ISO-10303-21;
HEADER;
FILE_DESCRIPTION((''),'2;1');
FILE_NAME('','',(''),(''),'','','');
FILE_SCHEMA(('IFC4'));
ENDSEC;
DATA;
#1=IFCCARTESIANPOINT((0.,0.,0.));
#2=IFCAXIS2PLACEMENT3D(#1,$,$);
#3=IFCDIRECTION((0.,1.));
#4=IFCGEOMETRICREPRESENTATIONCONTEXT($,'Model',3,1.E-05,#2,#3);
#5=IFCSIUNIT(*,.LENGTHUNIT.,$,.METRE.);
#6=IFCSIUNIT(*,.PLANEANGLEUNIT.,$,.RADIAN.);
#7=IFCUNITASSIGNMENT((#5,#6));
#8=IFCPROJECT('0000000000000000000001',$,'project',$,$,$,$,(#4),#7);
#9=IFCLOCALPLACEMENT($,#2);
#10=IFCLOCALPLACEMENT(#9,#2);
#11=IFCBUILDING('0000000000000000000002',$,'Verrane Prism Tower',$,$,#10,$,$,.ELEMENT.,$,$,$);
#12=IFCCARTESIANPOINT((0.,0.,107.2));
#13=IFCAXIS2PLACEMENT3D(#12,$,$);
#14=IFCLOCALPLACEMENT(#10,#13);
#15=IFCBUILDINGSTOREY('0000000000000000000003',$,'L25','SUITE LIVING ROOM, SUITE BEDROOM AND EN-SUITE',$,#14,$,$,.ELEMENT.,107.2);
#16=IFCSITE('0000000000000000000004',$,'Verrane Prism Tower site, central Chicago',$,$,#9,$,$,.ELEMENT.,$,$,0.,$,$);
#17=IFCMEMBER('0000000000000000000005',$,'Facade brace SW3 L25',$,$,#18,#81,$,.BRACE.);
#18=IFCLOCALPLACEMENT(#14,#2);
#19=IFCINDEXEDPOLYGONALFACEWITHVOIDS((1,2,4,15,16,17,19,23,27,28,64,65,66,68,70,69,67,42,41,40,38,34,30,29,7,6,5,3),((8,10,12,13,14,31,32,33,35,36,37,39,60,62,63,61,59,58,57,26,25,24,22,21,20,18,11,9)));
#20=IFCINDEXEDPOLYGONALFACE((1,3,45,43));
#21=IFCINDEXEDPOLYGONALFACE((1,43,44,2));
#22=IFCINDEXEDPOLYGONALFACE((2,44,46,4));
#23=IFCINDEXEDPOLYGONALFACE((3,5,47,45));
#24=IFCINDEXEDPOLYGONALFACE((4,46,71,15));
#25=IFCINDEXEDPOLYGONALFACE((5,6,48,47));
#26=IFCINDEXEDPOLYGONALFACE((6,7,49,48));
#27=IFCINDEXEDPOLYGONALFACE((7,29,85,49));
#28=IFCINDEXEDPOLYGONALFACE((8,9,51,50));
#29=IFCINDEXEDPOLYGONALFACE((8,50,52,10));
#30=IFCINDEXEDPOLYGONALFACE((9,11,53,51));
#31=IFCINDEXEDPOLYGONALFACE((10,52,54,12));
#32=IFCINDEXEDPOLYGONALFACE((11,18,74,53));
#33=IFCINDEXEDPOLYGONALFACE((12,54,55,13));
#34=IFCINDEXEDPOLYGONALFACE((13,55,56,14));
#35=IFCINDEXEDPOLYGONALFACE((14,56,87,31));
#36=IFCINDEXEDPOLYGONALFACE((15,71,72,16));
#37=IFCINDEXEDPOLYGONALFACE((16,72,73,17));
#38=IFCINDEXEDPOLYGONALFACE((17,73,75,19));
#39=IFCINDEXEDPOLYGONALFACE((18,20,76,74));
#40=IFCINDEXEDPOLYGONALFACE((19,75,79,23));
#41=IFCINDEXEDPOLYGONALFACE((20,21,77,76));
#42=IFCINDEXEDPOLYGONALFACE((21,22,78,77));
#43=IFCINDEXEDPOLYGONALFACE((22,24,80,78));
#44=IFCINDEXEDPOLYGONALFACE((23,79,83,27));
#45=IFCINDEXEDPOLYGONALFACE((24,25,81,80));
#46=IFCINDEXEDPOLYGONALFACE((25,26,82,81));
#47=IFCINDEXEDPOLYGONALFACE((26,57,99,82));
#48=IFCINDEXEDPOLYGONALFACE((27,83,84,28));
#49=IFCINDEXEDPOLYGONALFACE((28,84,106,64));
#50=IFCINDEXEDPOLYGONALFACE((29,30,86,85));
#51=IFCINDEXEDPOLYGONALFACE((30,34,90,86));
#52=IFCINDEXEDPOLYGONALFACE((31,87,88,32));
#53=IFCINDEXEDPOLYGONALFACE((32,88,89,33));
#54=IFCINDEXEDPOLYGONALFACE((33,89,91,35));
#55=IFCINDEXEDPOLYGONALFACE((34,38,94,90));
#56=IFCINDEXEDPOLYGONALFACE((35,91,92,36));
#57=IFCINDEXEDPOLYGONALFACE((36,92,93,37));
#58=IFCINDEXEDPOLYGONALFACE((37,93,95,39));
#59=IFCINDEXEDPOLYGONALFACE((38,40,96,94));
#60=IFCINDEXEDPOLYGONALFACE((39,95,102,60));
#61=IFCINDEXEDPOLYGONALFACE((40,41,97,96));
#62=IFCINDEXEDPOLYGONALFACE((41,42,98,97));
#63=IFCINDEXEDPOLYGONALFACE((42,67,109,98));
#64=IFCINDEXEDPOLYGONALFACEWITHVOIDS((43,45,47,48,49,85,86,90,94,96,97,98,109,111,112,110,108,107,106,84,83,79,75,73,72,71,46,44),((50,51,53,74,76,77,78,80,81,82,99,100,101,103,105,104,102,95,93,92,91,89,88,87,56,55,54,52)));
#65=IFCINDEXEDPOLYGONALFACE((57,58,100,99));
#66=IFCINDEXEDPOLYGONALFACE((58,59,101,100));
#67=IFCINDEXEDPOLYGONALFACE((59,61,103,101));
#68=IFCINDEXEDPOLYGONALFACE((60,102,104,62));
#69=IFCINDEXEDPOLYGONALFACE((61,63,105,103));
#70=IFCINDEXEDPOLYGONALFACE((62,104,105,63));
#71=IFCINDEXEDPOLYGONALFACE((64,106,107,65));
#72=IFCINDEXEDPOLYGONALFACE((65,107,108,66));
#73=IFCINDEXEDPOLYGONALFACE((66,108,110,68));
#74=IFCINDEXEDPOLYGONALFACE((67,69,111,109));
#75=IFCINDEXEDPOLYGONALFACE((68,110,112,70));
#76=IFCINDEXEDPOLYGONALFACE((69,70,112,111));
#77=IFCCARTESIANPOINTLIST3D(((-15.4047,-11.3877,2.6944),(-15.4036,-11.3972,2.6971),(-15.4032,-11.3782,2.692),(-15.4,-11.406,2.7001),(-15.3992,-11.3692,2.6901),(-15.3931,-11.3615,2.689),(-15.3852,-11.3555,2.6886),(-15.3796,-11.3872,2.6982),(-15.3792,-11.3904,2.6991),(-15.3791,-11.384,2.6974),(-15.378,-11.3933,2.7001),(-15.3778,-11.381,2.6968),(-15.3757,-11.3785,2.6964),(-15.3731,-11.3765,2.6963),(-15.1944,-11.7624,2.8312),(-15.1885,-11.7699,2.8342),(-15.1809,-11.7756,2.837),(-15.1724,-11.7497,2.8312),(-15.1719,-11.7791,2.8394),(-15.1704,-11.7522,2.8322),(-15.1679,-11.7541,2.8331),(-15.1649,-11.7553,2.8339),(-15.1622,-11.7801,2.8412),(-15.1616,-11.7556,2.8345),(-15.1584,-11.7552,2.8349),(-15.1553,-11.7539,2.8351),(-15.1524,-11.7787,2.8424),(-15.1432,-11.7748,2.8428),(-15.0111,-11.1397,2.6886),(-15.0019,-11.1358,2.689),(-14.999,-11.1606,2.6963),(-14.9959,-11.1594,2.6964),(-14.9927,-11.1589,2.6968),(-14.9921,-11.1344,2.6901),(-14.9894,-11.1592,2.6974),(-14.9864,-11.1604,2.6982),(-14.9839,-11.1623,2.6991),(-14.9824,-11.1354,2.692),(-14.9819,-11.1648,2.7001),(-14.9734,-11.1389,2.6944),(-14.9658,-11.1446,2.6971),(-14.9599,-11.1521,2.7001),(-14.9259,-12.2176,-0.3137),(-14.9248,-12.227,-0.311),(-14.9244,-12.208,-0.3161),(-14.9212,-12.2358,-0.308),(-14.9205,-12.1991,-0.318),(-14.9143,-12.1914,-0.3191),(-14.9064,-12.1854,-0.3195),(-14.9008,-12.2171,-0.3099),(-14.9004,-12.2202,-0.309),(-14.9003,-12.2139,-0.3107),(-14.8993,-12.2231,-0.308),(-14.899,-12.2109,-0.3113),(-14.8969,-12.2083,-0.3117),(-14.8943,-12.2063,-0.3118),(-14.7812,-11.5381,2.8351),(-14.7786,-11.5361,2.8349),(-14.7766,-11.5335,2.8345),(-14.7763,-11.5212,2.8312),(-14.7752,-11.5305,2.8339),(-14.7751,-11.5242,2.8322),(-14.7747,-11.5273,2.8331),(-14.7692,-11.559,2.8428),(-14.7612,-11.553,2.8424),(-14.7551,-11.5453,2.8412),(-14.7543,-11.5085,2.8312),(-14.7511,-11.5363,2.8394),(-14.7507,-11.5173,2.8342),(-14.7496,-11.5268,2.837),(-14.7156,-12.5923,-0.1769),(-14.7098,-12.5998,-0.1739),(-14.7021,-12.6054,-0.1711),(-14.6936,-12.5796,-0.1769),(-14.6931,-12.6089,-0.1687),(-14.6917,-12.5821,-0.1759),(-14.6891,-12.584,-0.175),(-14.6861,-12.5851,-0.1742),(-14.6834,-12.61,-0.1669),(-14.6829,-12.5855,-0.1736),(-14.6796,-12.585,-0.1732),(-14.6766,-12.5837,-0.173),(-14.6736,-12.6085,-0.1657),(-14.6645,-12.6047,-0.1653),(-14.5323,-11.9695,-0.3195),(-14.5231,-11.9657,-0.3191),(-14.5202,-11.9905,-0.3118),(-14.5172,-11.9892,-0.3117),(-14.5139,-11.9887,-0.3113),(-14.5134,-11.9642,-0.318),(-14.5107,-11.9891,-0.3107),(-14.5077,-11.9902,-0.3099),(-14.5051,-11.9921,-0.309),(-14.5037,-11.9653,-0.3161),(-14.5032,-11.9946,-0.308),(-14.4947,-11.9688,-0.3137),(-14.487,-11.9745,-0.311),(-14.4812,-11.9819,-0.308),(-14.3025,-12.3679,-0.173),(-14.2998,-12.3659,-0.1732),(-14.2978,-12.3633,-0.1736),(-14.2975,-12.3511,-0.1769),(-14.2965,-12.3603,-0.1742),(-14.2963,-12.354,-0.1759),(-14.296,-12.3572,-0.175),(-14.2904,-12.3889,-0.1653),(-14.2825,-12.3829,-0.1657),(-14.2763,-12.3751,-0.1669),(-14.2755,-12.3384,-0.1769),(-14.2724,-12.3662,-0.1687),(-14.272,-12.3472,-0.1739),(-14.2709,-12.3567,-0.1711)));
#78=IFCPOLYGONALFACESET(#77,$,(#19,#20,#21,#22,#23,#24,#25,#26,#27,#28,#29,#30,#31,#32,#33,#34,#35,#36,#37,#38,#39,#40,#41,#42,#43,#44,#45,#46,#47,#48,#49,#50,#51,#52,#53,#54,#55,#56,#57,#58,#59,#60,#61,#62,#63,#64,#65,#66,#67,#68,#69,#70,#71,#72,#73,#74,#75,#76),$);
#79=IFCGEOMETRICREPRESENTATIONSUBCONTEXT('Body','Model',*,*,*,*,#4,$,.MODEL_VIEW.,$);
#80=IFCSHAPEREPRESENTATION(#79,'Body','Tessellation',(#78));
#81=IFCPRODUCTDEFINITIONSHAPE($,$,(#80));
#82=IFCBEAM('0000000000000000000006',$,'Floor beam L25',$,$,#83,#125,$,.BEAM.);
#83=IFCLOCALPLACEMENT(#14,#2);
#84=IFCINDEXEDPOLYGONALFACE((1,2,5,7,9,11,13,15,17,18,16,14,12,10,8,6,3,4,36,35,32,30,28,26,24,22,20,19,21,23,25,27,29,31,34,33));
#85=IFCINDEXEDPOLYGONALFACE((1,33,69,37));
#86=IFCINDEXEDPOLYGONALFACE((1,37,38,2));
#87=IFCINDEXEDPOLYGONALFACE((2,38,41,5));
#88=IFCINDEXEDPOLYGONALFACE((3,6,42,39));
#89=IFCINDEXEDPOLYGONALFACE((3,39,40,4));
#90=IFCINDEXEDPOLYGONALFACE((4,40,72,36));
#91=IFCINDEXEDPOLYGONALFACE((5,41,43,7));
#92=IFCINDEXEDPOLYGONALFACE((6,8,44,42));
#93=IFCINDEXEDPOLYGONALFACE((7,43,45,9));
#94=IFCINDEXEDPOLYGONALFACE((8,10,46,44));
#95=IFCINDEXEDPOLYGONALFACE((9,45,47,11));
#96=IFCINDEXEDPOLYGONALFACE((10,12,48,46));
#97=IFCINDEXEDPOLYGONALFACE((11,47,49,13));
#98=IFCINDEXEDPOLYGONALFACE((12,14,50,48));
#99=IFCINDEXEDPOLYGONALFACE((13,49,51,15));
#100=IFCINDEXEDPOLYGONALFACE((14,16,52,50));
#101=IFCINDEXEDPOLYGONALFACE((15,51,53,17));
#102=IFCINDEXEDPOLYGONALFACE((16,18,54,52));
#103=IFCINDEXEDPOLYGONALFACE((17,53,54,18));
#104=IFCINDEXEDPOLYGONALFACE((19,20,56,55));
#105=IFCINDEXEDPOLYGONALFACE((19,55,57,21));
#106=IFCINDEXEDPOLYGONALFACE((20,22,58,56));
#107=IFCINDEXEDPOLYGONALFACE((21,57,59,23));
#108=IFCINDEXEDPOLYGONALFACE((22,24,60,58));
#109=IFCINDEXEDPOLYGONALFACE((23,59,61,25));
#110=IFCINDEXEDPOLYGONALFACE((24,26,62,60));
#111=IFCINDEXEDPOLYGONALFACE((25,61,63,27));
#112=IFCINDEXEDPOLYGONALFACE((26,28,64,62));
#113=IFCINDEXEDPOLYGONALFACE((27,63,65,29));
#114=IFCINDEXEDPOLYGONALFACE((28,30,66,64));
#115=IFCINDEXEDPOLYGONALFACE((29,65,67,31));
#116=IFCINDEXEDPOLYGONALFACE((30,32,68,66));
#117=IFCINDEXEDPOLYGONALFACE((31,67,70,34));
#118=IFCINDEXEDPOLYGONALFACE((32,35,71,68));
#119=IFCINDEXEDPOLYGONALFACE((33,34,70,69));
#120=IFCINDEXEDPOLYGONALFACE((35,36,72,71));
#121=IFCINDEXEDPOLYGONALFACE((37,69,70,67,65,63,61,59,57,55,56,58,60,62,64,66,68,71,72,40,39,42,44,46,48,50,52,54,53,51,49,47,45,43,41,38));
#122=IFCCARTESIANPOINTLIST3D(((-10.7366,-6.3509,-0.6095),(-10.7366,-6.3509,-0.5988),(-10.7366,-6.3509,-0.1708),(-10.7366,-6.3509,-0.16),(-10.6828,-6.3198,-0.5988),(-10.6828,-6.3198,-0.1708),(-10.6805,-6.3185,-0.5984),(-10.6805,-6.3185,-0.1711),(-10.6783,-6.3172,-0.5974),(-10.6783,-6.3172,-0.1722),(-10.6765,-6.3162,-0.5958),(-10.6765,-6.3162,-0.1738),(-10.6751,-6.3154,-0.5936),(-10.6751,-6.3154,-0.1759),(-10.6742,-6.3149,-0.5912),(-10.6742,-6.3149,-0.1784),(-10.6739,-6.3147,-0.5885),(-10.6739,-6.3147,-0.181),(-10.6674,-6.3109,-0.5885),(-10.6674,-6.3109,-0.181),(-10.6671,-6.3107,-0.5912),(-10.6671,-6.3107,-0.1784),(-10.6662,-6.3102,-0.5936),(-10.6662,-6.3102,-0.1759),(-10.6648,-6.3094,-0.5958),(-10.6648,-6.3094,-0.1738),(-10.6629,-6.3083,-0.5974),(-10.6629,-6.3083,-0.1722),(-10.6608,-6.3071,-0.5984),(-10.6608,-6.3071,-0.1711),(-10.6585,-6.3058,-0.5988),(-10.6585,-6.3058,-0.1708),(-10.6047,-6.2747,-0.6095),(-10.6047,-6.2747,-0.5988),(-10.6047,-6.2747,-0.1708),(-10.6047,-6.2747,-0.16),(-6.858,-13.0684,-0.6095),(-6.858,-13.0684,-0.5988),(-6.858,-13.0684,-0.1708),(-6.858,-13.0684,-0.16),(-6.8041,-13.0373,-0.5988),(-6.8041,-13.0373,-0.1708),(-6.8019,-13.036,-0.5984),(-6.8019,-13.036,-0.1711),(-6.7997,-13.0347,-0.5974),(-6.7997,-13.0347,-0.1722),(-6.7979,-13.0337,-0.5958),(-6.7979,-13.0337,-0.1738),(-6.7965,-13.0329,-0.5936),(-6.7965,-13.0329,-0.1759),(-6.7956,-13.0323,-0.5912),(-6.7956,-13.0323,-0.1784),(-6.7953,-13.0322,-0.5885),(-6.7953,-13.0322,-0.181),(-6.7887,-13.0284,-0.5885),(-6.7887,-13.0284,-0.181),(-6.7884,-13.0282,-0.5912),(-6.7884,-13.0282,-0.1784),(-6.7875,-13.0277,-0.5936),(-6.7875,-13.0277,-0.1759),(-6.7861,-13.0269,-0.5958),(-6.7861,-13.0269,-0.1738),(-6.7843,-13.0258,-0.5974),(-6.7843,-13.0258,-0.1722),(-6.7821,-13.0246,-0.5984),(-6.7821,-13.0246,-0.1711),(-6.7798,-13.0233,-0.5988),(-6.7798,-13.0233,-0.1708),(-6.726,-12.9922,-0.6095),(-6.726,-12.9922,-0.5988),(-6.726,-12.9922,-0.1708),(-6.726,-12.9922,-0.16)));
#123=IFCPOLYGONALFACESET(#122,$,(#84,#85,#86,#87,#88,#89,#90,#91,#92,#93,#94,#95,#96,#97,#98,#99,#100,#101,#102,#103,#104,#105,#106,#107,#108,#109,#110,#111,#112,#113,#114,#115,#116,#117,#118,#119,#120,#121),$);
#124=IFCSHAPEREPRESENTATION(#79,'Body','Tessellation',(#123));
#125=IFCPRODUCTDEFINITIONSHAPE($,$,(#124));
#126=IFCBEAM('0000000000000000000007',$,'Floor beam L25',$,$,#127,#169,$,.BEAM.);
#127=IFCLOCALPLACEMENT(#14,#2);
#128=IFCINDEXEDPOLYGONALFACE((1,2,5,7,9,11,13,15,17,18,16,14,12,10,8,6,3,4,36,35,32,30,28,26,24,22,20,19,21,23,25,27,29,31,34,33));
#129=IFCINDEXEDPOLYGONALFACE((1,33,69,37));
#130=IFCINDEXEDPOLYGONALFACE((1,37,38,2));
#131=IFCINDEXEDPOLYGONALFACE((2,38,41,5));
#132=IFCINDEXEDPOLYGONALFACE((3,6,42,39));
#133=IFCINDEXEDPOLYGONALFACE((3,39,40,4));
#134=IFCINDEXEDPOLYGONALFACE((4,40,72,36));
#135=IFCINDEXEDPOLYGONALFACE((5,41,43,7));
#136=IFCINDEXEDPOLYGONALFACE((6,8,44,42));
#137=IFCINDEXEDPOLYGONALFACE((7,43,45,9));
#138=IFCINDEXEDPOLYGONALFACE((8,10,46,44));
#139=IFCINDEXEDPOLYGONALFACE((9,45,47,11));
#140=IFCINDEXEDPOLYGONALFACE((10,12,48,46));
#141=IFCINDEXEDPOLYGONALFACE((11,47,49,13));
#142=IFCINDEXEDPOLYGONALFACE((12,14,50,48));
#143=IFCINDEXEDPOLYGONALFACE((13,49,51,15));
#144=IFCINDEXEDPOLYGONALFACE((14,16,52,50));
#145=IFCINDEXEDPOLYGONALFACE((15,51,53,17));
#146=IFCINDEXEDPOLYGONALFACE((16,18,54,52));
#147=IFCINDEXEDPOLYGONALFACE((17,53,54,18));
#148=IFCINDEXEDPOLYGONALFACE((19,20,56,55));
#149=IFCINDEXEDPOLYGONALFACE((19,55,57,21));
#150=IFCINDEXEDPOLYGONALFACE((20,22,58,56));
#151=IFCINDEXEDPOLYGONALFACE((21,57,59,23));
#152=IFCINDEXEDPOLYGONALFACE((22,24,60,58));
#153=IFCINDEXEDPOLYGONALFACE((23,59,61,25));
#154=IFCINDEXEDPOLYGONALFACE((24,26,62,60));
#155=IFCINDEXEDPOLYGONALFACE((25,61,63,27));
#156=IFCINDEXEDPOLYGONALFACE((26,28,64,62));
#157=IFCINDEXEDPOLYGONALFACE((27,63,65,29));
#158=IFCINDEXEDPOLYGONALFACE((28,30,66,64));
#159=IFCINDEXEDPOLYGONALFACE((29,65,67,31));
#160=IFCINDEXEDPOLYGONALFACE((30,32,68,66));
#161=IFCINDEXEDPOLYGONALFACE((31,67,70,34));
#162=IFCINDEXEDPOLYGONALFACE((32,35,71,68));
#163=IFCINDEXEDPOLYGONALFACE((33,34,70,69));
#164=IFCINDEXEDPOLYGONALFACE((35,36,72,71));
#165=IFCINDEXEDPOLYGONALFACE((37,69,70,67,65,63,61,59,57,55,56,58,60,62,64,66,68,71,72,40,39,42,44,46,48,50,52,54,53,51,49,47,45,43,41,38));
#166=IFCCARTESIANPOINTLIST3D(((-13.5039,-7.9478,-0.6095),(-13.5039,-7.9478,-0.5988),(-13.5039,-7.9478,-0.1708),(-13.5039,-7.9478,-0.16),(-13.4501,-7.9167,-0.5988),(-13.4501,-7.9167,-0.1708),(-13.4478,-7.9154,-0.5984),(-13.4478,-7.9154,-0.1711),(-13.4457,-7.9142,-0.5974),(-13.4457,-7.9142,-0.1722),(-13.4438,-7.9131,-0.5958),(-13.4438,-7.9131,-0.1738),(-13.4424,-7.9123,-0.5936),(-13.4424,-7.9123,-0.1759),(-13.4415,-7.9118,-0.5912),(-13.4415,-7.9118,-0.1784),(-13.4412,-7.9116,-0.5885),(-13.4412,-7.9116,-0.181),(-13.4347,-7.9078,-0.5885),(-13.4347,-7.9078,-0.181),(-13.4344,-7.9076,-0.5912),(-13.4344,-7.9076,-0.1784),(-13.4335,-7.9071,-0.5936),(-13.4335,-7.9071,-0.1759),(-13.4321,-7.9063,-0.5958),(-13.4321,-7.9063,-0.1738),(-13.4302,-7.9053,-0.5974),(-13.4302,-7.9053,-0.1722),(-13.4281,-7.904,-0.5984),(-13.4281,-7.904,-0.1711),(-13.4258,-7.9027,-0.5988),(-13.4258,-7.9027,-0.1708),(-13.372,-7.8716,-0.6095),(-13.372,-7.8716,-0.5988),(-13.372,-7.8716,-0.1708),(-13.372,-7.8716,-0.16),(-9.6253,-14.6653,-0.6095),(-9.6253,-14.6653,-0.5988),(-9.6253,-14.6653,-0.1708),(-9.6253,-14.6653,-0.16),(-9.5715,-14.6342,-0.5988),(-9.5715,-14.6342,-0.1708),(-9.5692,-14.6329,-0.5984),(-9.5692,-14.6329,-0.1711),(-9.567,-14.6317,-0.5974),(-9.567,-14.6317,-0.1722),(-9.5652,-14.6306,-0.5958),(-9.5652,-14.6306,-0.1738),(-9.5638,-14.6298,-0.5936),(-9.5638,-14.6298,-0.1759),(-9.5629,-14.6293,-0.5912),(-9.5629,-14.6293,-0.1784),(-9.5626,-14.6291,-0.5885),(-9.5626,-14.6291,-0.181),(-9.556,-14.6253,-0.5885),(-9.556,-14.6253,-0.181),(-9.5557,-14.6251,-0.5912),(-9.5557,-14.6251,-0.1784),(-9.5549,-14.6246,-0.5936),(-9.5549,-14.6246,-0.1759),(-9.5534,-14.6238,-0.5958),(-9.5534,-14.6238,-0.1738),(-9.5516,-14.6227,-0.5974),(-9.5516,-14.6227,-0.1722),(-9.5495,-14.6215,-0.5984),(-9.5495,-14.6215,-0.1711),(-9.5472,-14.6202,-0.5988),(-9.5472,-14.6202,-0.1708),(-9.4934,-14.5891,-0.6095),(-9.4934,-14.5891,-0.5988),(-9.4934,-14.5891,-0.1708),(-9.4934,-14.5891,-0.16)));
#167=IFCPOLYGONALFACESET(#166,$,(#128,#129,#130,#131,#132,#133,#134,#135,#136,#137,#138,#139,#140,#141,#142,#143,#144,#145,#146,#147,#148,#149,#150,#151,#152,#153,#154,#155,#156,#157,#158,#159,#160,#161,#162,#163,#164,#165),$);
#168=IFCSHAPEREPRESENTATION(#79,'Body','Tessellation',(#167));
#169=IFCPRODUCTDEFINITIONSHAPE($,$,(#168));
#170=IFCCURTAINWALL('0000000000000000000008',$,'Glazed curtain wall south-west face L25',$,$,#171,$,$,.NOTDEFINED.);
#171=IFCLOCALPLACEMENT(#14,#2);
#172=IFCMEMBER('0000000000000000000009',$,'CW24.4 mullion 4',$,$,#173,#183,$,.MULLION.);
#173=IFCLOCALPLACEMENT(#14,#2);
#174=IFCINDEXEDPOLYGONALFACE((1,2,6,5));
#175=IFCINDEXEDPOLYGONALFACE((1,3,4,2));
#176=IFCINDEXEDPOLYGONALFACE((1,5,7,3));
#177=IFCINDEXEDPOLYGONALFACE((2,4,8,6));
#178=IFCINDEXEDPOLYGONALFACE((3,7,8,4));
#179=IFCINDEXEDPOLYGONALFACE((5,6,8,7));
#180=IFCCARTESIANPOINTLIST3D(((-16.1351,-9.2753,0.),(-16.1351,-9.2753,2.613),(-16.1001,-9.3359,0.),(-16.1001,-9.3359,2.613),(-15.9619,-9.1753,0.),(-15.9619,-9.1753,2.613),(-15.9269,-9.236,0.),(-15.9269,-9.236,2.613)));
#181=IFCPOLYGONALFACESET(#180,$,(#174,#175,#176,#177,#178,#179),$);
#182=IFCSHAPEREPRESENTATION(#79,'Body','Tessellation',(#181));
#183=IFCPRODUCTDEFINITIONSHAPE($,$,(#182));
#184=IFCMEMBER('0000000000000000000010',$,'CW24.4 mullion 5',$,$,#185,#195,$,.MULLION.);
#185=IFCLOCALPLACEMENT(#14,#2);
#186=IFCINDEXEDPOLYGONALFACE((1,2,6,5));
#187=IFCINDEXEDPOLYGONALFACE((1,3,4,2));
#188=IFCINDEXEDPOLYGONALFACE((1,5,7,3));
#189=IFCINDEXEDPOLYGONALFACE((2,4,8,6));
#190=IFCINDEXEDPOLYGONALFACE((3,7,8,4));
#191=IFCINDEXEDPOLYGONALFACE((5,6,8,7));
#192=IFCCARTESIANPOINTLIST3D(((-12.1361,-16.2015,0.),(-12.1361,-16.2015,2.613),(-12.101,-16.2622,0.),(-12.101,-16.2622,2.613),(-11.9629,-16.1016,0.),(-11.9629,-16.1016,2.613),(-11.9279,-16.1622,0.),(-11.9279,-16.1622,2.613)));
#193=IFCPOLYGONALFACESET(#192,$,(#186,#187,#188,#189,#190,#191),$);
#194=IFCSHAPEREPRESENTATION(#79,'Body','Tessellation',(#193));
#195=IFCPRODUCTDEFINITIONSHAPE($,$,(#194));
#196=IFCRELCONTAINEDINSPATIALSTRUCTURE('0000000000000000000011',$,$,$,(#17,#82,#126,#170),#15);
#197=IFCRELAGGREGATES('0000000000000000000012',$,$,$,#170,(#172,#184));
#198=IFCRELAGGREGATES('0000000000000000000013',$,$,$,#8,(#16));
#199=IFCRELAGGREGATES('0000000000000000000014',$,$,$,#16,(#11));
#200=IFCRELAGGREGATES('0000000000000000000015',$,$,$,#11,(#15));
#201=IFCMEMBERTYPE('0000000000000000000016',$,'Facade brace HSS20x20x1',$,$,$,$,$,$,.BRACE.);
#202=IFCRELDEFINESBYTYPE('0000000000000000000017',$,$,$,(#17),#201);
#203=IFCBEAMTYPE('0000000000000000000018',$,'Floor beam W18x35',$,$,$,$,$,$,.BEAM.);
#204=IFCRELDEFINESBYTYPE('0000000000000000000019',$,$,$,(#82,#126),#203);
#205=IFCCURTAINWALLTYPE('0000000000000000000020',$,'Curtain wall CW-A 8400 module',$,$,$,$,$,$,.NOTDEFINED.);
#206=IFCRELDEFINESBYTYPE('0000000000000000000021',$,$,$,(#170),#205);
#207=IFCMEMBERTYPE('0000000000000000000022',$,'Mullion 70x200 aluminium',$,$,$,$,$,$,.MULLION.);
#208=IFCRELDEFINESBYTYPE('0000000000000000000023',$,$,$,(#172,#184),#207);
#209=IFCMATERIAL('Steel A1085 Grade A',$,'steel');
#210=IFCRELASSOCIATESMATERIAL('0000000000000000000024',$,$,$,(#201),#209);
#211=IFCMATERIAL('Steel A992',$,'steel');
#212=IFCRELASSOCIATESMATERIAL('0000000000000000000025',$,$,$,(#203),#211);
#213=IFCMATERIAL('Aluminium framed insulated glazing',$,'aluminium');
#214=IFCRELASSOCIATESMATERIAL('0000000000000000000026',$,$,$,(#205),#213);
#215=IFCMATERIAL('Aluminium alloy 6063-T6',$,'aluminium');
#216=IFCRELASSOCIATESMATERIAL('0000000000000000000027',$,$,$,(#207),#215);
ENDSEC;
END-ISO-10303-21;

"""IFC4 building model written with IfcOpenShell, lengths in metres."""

from ifc_helpers import new_model, si_unit, direction, frame, origin, origin_2d, place, context, subcontext, project, spatial, rectangle, hollow_rectangle, i_section, extrude, material, material_profile, profile_set, type_object, element, aggregate, save


model = new_model("IFC4")

# Units and contexts
model_context = context("Model", 3, precision=1e-05, world=origin(), true_north=direction((0.0, 1.0)))
body_context = subcontext(model_context, "Body", "Model", "MODEL_VIEW")
ifc_project = project(units=[si_unit("LENGTHUNIT", "METRE"), si_unit("PLANEANGLEUNIT", "RADIAN")], contexts=[model_context])

# Site, building, storey
site_placement = place(None, origin())
site = spatial("IfcSite", under=ifc_project, at=site_placement, Name="Verrane Prism Tower site, central Chicago", CompositionType="ELEMENT", RefElevation=0.0)
building_placement = place(site_placement, origin())
building = spatial("IfcBuilding", under=site, at=building_placement, Name="Verrane Prism Tower", CompositionType="ELEMENT")
storey_placement = place(building_placement, frame((0.0, 0.0, 107.2)))
storey = spatial("IfcBuildingStorey", under=building, at=storey_placement, Name="L25", Description="SUITE LIVING ROOM, SUITE BEDROOM AND EN-SUITE", CompositionType="ELEMENT", Elevation=107.2)

# Member
ifc_material_1 = material(Name="Steel A1085 Grade A", Category="steel")
ifc_material_profile_1 = material_profile(ifc_material_1, hollow_rectangle(XDim=0.5081, YDim=0.5081, WallThickness=0.0254, InnerFilletRadius=0.0127, OuterFilletRadius=0.0381, at=origin_2d()), Name="HSS20x20x1")
ifc_profile_set_1 = profile_set([ifc_material_profile_1], Name="Steel A1085 Grade A")
member_type_1 = type_object("IfcMemberType", Name="Facade brace HSS20x20x1", PredefinedType="BRACE", material=ifc_profile_set_1)
member_1_placement = place(storey_placement, frame((-14.5984, -12.2871, -0.2424), z_axis=(-0.151653, 0.262861, 0.952841), x_axis=(-0.866181, -0.49973, 0.0)))
element("IfcMember", 1, at=member_1_placement, inside=storey, type_object=member_type_1, Name="Facade brace SW3 L25", PredefinedType="BRACE", context=body_context, shape_type="SweptSolid", body=[
    extrude(hollow_rectangle(XDim=0.5081, YDim=0.5081, WallThickness=0.0254, InnerFilletRadius=0.0127, OuterFilletRadius=0.0381, at=origin_2d()), origin(), (0.0, 0.0, 1.0), 3.157),
])

# Beams
ifc_material_2 = material(Name="Steel A992", Category="steel")
ifc_material_profile_2 = material_profile(ifc_material_2, i_section(OverallWidth=0.1523, OverallDepth=0.4495, WebThickness=0.0076, FlangeThickness=0.0107, FilletRadius=0.0103, at=origin_2d()), Name="W18x35")
ifc_profile_set_2 = profile_set([ifc_material_profile_2], Name="Steel A992")
beam_type_1 = type_object("IfcBeamType", Name="Floor beam W18x35", PredefinedType="BEAM", material=ifc_profile_set_2)
for number, where, z_axis, x_axis, name in (
    (2, (-6.792, -13.0303, -0.3848), (-0.500028, 0.866009, 0.0), (-0.866009, -0.500028, 0.0), "Floor beam L25"),
    (3, (-9.5593, -14.6272, -0.3848), (-0.500028, 0.866009, 0.0), (-0.866009, -0.500028, 0.0), "Floor beam L25"),
):
    element("IfcBeam", number, at=place(storey_placement, frame(where, z_axis=z_axis, x_axis=x_axis)), inside=storey, type_object=beam_type_1, Name=name, PredefinedType="BEAM", context=body_context, shape_type="SweptSolid", body=[
        extrude(i_section(OverallWidth=0.1523, OverallDepth=0.4495, WebThickness=0.0076, FlangeThickness=0.0107, FilletRadius=0.0103, at=origin_2d()), origin(), (0.0, 0.0, 1.0), 7.7568),
    ])

# Curtain wall, members
ifc_material_3 = material(Name="Aluminium framed insulated glazing", Category="aluminium")
curtain_wall_type = type_object("IfcCurtainWallType", Name="Curtain wall CW-A 8400 module", PredefinedType="NOTDEFINED", material=ifc_material_3)
curtain_wall_placement = place(storey_placement, origin())
curtain_wall = element("IfcCurtainWall", 4, at=curtain_wall_placement, inside=storey, type_object=curtain_wall_type, Name="Glazed curtain wall south-west face L25", PredefinedType="NOTDEFINED")
ifc_material_4 = material(Name="Aluminium alloy 6063-T6", Category="aluminium")
ifc_material_profile_3 = material_profile(ifc_material_4, rectangle(XDim=0.2, YDim=0.0701, at=origin_2d()), Name="Mullion 70x200 aluminium")
ifc_profile_set_3 = profile_set([ifc_material_profile_3], Name="Aluminium alloy 6063-T6")
member_type_2 = type_object("IfcMemberType", Name="Mullion 70x200 aluminium", PredefinedType="MULLION", material=ifc_profile_set_3)
member_2_placement = place(storey_placement, frame((-16.031, -9.2556, 0.0), z_axis=(0.0, 0.0, 1.0), x_axis=(0.866025, 0.5, 0.0)))
member_2 = element("IfcMember", 5, at=member_2_placement, type_object=member_type_2, Name="CW24.4 mullion 4", PredefinedType="MULLION", context=body_context, shape_type="SweptSolid", body=[
    extrude(rectangle(XDim=0.2, YDim=0.0701, at=origin_2d()), origin(), (0.0, 0.0, 1.0), 2.613),
])
member_3_placement = place(storey_placement, frame((-12.032, -16.1819, 0.0), z_axis=(0.0, 0.0, 1.0), x_axis=(0.866025, 0.5, 0.0)))
member_3 = element("IfcMember", 6, at=member_3_placement, type_object=member_type_2, Name="CW24.4 mullion 5", PredefinedType="MULLION", context=body_context, shape_type="SweptSolid", body=[
    extrude(rectangle(XDim=0.2, YDim=0.0701, at=origin_2d()), origin(), (0.0, 0.0, 1.0), 2.613),
])

aggregate(curtain_wall, [member_2, member_3])

save(model, "model.ifc")
